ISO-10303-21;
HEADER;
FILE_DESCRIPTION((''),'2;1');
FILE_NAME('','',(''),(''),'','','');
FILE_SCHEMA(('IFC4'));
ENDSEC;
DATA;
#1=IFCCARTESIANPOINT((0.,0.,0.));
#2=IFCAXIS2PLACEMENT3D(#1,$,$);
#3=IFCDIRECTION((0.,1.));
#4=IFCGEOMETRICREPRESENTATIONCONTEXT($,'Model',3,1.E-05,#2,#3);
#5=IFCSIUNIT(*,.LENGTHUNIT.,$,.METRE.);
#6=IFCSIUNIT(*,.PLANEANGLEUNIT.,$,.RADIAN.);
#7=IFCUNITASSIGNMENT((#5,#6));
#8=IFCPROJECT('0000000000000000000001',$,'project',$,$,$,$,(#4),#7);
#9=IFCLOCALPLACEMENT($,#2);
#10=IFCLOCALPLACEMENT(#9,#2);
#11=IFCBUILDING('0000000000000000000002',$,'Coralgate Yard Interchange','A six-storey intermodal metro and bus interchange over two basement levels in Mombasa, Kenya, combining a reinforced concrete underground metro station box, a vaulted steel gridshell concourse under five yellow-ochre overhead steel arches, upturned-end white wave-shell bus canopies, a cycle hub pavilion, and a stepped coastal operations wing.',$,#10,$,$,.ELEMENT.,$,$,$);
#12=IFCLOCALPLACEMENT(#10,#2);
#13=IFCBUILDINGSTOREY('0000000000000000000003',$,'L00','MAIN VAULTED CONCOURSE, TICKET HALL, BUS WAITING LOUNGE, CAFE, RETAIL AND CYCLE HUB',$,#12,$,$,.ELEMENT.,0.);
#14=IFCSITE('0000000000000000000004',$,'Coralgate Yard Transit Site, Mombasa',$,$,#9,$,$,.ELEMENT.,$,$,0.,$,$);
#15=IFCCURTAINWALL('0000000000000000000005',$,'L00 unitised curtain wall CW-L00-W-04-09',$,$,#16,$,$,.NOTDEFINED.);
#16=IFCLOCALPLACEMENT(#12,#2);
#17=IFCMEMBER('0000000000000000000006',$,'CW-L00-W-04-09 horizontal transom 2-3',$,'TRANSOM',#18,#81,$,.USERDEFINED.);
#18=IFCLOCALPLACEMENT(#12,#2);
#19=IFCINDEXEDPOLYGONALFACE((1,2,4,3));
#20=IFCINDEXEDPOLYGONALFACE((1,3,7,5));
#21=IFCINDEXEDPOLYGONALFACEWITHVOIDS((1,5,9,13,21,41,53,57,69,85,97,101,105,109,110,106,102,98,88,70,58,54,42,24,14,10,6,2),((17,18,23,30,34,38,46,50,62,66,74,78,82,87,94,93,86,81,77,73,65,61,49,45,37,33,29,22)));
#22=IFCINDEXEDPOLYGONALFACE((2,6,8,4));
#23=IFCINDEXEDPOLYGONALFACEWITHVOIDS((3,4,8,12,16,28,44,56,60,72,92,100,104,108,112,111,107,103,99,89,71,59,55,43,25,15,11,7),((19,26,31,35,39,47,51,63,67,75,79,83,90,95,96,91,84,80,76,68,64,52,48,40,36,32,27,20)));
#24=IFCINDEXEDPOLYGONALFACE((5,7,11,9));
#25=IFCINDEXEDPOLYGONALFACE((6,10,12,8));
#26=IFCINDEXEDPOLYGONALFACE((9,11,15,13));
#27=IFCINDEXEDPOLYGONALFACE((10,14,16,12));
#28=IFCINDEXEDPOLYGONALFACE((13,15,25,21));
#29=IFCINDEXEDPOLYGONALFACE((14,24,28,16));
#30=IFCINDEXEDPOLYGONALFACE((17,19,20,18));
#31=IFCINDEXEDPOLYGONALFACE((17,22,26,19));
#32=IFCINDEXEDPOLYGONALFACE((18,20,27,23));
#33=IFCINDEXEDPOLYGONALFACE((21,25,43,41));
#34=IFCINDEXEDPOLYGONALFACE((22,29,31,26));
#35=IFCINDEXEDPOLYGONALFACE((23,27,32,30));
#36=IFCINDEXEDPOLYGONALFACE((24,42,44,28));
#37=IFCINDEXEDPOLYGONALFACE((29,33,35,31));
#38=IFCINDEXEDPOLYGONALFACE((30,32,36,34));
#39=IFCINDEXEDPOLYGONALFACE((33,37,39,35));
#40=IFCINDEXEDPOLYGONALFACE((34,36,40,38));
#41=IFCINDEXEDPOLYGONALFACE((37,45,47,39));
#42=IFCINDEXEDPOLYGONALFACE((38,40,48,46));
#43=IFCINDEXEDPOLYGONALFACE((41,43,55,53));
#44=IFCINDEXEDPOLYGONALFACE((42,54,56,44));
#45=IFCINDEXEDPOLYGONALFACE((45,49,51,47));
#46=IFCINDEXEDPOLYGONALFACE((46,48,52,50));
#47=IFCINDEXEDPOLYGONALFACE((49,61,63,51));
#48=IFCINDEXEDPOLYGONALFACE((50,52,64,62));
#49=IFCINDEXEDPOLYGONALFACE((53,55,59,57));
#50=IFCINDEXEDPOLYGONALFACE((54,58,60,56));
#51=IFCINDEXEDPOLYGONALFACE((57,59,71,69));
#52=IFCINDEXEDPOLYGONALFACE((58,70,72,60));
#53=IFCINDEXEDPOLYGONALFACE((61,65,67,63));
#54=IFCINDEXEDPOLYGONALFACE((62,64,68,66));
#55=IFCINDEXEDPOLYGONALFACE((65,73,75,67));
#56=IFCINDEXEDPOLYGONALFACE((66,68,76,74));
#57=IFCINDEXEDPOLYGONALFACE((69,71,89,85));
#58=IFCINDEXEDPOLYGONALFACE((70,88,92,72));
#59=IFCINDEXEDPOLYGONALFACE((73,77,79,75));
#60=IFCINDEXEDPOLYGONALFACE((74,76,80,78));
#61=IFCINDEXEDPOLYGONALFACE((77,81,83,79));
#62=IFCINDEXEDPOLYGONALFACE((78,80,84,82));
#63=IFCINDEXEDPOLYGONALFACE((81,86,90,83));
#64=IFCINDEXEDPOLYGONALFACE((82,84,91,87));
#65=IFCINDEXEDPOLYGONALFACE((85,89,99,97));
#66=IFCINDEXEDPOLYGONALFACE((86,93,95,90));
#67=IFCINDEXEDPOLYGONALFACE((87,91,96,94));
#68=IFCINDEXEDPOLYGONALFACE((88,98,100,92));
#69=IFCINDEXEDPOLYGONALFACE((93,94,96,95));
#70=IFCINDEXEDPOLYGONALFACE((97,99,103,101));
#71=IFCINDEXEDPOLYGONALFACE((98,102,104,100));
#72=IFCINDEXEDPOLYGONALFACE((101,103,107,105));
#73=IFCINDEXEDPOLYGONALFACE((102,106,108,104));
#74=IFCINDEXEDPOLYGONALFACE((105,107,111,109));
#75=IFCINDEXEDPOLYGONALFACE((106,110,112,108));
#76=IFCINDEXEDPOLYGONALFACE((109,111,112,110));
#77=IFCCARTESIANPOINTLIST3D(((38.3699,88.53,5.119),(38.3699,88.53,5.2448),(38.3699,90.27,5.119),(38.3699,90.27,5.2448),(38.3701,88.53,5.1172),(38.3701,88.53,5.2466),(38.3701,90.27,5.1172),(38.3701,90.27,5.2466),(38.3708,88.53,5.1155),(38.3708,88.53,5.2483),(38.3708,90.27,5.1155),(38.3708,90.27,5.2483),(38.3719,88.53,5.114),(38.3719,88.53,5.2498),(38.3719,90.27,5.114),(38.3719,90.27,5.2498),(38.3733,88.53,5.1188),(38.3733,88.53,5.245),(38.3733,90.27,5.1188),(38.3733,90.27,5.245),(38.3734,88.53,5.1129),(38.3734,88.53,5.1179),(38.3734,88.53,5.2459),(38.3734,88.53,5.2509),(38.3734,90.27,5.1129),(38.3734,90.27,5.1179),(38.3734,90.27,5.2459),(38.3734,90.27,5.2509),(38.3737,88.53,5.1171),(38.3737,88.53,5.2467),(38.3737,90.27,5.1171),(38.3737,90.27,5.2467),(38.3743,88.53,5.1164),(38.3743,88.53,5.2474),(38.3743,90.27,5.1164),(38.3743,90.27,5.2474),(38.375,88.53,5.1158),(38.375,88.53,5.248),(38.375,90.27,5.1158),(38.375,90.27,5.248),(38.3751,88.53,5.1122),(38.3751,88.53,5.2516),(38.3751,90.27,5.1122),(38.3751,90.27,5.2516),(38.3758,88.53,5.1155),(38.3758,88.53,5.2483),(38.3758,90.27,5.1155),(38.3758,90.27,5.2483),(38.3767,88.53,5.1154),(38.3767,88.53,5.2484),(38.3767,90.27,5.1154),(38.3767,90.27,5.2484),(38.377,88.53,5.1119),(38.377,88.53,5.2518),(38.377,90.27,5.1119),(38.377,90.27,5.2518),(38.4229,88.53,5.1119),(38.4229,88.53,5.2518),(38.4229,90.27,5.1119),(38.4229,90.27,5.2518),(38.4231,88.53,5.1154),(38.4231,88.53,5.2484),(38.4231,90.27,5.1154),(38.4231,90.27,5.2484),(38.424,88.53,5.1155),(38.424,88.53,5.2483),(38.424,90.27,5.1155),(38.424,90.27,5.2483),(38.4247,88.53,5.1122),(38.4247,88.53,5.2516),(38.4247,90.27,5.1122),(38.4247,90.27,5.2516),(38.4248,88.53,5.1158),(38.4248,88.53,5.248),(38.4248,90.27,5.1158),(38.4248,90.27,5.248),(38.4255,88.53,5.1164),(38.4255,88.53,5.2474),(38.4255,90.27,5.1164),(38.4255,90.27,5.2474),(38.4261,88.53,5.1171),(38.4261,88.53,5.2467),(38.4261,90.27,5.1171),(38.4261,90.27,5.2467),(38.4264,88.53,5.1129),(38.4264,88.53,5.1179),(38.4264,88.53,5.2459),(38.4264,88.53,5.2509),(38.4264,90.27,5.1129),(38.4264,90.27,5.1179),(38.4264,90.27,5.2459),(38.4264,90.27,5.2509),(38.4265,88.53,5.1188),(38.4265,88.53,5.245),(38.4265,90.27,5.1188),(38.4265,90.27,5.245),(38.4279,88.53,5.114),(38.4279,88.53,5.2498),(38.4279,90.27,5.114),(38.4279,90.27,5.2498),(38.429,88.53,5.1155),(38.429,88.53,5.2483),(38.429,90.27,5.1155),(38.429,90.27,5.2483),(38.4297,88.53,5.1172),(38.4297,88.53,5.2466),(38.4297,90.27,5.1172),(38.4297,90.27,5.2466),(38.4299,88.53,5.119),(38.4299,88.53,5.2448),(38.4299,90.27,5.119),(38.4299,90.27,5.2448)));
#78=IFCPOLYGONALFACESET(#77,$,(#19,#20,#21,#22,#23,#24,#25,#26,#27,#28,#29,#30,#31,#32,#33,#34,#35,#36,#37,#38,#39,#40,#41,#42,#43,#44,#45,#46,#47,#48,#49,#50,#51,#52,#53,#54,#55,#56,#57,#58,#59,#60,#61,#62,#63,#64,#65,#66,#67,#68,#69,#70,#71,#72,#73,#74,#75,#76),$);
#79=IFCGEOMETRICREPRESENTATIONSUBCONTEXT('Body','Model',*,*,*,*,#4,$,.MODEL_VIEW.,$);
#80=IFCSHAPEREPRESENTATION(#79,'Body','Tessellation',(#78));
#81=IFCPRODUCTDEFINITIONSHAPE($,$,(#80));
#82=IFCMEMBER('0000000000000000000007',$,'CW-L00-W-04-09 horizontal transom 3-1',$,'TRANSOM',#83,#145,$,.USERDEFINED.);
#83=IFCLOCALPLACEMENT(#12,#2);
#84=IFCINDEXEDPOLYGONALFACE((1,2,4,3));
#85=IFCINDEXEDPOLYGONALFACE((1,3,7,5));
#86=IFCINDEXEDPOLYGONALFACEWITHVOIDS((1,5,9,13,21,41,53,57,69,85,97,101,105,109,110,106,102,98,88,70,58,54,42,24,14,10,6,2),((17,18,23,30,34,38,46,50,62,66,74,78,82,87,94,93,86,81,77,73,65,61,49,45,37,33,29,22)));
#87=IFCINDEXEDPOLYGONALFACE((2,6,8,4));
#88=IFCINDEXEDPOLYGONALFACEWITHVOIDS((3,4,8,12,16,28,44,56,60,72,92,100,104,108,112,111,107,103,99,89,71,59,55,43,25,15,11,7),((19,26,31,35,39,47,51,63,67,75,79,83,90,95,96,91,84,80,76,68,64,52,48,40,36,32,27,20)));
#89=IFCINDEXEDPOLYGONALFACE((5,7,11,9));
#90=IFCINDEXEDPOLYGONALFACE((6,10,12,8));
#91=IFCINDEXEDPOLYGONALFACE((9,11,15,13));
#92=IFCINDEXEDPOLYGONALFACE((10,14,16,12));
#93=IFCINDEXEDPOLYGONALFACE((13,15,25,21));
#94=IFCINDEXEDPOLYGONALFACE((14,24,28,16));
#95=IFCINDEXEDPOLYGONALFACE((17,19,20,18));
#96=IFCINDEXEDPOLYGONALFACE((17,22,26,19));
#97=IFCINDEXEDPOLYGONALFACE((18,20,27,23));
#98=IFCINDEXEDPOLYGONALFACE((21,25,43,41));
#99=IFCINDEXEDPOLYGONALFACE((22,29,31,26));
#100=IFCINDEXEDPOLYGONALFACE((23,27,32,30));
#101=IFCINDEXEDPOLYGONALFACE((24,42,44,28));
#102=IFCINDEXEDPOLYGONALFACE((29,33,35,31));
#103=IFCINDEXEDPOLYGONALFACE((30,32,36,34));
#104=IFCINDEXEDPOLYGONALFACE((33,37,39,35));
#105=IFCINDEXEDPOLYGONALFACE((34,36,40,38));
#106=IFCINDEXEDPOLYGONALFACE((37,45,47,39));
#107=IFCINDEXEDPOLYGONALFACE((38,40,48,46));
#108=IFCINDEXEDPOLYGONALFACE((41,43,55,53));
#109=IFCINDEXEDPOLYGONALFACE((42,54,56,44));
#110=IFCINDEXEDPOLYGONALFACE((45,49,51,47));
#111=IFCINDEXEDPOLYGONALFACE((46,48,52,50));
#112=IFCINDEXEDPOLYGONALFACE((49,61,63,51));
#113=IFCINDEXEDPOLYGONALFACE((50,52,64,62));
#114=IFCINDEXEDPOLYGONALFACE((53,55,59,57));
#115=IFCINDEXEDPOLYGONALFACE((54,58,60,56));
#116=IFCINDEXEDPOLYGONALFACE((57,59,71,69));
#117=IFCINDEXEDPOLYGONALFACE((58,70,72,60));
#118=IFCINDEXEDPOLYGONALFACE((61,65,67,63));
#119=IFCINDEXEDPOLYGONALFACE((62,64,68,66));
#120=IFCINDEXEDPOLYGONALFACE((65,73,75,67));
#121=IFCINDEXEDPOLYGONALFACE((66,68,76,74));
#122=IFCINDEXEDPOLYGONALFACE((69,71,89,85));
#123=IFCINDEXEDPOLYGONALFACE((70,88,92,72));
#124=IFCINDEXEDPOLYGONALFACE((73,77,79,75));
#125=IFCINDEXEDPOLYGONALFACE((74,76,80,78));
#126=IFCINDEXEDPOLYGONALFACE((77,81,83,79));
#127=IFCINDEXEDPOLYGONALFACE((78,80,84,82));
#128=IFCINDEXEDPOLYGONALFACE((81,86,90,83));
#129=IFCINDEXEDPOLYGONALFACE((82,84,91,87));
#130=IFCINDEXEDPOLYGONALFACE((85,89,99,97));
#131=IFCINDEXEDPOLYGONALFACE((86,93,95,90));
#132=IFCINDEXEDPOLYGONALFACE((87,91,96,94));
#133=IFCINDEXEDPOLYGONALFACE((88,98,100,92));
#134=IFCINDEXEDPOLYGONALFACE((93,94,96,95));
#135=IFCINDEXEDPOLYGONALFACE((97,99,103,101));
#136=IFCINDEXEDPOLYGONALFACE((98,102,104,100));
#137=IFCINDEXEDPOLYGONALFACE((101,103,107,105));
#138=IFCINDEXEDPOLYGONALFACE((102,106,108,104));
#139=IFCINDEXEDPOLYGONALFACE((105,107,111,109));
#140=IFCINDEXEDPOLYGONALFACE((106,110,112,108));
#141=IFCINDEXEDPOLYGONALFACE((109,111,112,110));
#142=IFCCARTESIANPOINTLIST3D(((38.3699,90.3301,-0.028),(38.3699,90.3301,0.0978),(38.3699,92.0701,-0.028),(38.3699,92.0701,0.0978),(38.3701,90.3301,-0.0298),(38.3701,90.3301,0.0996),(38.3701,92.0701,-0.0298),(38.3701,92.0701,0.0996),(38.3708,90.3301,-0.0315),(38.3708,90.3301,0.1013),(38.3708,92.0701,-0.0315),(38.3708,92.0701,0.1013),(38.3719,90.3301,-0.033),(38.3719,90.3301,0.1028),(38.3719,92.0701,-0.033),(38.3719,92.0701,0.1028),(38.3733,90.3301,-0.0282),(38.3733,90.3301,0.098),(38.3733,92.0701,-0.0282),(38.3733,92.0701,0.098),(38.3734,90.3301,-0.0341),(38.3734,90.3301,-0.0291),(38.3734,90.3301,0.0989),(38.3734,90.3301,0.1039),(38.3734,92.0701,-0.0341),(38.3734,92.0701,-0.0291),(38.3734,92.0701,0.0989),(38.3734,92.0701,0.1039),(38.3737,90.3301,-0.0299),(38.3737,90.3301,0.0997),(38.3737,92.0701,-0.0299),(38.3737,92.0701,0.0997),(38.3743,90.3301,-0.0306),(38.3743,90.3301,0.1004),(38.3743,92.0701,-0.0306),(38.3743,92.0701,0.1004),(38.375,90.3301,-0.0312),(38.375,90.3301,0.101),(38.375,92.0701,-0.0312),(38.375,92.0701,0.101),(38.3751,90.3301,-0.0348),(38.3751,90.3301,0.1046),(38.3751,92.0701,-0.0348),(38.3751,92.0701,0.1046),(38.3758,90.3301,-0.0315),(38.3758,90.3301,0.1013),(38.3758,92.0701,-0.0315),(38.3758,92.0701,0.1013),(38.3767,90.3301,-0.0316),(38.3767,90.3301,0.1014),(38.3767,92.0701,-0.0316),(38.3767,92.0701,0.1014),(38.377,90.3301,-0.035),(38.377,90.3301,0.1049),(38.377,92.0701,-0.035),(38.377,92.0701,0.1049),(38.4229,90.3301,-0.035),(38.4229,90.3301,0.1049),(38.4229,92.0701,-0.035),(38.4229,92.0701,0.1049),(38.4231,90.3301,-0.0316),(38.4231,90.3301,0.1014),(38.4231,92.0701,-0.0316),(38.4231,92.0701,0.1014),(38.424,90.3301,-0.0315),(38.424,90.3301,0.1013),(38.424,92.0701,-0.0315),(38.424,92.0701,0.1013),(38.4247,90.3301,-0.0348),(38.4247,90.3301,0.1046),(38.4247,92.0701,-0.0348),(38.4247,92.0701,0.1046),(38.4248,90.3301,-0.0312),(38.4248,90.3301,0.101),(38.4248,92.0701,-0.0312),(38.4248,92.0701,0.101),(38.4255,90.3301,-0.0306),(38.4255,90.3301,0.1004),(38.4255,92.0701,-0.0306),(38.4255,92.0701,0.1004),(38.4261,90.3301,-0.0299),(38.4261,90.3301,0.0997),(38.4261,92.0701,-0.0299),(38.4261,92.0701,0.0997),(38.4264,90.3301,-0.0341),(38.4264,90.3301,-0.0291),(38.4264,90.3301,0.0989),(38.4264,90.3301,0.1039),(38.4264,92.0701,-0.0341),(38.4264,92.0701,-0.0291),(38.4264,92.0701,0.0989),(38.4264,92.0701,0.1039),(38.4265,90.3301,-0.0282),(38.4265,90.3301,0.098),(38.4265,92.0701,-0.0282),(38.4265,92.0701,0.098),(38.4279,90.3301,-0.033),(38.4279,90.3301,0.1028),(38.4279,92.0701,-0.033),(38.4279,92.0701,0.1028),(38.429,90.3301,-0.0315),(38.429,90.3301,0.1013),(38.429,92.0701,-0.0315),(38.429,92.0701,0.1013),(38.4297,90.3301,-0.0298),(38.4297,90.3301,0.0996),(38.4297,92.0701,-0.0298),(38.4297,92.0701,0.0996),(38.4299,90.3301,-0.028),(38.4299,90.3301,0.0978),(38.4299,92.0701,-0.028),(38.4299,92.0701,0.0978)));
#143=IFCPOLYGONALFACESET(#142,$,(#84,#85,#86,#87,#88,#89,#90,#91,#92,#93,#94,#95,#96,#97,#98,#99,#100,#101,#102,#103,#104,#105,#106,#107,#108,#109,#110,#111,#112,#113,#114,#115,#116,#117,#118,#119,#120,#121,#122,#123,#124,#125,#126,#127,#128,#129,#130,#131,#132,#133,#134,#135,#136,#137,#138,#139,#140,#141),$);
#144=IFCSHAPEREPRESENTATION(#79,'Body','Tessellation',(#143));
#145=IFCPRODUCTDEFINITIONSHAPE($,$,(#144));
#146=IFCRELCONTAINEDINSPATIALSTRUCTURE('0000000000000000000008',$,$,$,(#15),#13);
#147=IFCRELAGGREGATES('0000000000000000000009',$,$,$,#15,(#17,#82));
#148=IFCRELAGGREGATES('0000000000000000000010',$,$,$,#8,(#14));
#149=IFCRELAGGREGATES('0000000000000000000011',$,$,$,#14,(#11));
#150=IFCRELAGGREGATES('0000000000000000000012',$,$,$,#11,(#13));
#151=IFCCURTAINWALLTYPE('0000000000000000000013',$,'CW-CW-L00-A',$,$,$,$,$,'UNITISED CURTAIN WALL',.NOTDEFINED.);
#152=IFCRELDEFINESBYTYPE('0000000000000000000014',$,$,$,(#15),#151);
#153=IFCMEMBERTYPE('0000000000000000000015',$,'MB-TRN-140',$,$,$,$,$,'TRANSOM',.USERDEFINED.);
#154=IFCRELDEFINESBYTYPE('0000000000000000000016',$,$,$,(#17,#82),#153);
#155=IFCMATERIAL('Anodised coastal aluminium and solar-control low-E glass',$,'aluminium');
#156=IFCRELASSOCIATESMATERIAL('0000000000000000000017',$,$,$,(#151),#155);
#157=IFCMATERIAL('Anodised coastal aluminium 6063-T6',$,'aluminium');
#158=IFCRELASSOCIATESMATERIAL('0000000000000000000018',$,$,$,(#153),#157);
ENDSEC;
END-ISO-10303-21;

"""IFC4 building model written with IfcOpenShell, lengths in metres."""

from ifc_helpers import new_model, si_unit, direction, frame, origin, origin_2d, place, context, subcontext, project, spatial, hollow_rectangle, extrude, material, material_profile, profile_set, type_object, element, aggregate, save


model = new_model("IFC4")

# Units and contexts
model_context = context("Model", 3, precision=1e-05, world=origin(), true_north=direction((0.0, 1.0)))
body_context = subcontext(model_context, "Body", "Model", "MODEL_VIEW")
ifc_project = project(units=[si_unit("LENGTHUNIT", "METRE"), si_unit("PLANEANGLEUNIT", "RADIAN")], contexts=[model_context])

# Site, building, storey
site_placement = place(None, origin())
site = spatial("IfcSite", under=ifc_project, at=site_placement, Name="Coralgate Yard Transit Site, Mombasa", CompositionType="ELEMENT", RefElevation=0.0)
building_placement = place(site_placement, origin())
building = spatial("IfcBuilding", under=site, at=building_placement, Name="Coralgate Yard Interchange", Description="A six-storey intermodal metro and bus interchange over two basement levels in Mombasa, Kenya, combining a reinforced concrete underground metro station box, a vaulted steel gridshell concourse under five yellow-ochre overhead steel arches, upturned-end white wave-shell bus canopies, a cycle hub pavilion, and a stepped coastal operations wing.", CompositionType="ELEMENT")
storey_placement = place(building_placement, origin())
storey = spatial("IfcBuildingStorey", under=building, at=storey_placement, Name="L00", Description="MAIN VAULTED CONCOURSE, TICKET HALL, BUS WAITING LOUNGE, CAFE, RETAIL AND CYCLE HUB", CompositionType="ELEMENT", Elevation=0.0)

# Curtain wall, members
ifc_material_1 = material(Name="Anodised coastal aluminium and solar-control low-E glass", Category="aluminium")
curtain_wall_type = type_object("IfcCurtainWallType", Name="CW-CW-L00-A", ElementType="UNITISED CURTAIN WALL", PredefinedType="NOTDEFINED", material=ifc_material_1)
curtain_wall_placement = place(storey_placement, origin())
curtain_wall = element("IfcCurtainWall", 1, at=curtain_wall_placement, inside=storey, type_object=curtain_wall_type, Name="L00 unitised curtain wall CW-L00-W-04-09", PredefinedType="NOTDEFINED")
ifc_material_2 = material(Name="Anodised coastal aluminium 6063-T6", Category="aluminium")
ifc_material_profile_1 = material_profile(ifc_material_2, hollow_rectangle(XDim=0.0601, YDim=0.1399, WallThickness=0.0034, InnerFilletRadius=0.0034, OuterFilletRadius=0.0071, at=origin_2d()), Name="ALU 60x140x3.5")
ifc_profile_set_1 = profile_set([ifc_material_profile_1], Name="Anodised coastal aluminium 6063-T6")
member_type_1 = type_object("IfcMemberType", Name="MB-TRN-140", ElementType="TRANSOM", PredefinedType="USERDEFINED", material=ifc_profile_set_1)
member_1_placement = place(storey_placement, frame((38.3999, 88.53, 5.1819), z_axis=(0.0, 1.0, 0.0), x_axis=(-1.0, 0.0, 0.0)))
member_1 = element("IfcMember", 2, at=member_1_placement, type_object=member_type_1, Name="CW-L00-W-04-09 horizontal transom 2-3", ObjectType="TRANSOM", PredefinedType="USERDEFINED", context=body_context, shape_type="SweptSolid", body=[
    extrude(hollow_rectangle(XDim=0.0601, YDim=0.1399, WallThickness=0.0034, InnerFilletRadius=0.0034, OuterFilletRadius=0.0071, at=origin_2d()), origin(), (0.0, 0.0, 1.0), 1.74),
])
member_2_placement = place(storey_placement, frame((38.3999, 90.3301, 0.0349), z_axis=(0.0, 1.0, 0.0), x_axis=(-1.0, 0.0, 0.0)))
member_2 = element("IfcMember", 3, at=member_2_placement, type_object=member_type_1, Name="CW-L00-W-04-09 horizontal transom 3-1", ObjectType="TRANSOM", PredefinedType="USERDEFINED", context=body_context, shape_type="SweptSolid", body=[
    extrude(hollow_rectangle(XDim=0.0601, YDim=0.1399, WallThickness=0.0034, InnerFilletRadius=0.0034, OuterFilletRadius=0.0071, at=origin_2d()), origin(), (0.0, 0.0, 1.0), 1.74),
])
aggregate(curtain_wall, [member_1, member_2])

save(model, "model.ifc")
